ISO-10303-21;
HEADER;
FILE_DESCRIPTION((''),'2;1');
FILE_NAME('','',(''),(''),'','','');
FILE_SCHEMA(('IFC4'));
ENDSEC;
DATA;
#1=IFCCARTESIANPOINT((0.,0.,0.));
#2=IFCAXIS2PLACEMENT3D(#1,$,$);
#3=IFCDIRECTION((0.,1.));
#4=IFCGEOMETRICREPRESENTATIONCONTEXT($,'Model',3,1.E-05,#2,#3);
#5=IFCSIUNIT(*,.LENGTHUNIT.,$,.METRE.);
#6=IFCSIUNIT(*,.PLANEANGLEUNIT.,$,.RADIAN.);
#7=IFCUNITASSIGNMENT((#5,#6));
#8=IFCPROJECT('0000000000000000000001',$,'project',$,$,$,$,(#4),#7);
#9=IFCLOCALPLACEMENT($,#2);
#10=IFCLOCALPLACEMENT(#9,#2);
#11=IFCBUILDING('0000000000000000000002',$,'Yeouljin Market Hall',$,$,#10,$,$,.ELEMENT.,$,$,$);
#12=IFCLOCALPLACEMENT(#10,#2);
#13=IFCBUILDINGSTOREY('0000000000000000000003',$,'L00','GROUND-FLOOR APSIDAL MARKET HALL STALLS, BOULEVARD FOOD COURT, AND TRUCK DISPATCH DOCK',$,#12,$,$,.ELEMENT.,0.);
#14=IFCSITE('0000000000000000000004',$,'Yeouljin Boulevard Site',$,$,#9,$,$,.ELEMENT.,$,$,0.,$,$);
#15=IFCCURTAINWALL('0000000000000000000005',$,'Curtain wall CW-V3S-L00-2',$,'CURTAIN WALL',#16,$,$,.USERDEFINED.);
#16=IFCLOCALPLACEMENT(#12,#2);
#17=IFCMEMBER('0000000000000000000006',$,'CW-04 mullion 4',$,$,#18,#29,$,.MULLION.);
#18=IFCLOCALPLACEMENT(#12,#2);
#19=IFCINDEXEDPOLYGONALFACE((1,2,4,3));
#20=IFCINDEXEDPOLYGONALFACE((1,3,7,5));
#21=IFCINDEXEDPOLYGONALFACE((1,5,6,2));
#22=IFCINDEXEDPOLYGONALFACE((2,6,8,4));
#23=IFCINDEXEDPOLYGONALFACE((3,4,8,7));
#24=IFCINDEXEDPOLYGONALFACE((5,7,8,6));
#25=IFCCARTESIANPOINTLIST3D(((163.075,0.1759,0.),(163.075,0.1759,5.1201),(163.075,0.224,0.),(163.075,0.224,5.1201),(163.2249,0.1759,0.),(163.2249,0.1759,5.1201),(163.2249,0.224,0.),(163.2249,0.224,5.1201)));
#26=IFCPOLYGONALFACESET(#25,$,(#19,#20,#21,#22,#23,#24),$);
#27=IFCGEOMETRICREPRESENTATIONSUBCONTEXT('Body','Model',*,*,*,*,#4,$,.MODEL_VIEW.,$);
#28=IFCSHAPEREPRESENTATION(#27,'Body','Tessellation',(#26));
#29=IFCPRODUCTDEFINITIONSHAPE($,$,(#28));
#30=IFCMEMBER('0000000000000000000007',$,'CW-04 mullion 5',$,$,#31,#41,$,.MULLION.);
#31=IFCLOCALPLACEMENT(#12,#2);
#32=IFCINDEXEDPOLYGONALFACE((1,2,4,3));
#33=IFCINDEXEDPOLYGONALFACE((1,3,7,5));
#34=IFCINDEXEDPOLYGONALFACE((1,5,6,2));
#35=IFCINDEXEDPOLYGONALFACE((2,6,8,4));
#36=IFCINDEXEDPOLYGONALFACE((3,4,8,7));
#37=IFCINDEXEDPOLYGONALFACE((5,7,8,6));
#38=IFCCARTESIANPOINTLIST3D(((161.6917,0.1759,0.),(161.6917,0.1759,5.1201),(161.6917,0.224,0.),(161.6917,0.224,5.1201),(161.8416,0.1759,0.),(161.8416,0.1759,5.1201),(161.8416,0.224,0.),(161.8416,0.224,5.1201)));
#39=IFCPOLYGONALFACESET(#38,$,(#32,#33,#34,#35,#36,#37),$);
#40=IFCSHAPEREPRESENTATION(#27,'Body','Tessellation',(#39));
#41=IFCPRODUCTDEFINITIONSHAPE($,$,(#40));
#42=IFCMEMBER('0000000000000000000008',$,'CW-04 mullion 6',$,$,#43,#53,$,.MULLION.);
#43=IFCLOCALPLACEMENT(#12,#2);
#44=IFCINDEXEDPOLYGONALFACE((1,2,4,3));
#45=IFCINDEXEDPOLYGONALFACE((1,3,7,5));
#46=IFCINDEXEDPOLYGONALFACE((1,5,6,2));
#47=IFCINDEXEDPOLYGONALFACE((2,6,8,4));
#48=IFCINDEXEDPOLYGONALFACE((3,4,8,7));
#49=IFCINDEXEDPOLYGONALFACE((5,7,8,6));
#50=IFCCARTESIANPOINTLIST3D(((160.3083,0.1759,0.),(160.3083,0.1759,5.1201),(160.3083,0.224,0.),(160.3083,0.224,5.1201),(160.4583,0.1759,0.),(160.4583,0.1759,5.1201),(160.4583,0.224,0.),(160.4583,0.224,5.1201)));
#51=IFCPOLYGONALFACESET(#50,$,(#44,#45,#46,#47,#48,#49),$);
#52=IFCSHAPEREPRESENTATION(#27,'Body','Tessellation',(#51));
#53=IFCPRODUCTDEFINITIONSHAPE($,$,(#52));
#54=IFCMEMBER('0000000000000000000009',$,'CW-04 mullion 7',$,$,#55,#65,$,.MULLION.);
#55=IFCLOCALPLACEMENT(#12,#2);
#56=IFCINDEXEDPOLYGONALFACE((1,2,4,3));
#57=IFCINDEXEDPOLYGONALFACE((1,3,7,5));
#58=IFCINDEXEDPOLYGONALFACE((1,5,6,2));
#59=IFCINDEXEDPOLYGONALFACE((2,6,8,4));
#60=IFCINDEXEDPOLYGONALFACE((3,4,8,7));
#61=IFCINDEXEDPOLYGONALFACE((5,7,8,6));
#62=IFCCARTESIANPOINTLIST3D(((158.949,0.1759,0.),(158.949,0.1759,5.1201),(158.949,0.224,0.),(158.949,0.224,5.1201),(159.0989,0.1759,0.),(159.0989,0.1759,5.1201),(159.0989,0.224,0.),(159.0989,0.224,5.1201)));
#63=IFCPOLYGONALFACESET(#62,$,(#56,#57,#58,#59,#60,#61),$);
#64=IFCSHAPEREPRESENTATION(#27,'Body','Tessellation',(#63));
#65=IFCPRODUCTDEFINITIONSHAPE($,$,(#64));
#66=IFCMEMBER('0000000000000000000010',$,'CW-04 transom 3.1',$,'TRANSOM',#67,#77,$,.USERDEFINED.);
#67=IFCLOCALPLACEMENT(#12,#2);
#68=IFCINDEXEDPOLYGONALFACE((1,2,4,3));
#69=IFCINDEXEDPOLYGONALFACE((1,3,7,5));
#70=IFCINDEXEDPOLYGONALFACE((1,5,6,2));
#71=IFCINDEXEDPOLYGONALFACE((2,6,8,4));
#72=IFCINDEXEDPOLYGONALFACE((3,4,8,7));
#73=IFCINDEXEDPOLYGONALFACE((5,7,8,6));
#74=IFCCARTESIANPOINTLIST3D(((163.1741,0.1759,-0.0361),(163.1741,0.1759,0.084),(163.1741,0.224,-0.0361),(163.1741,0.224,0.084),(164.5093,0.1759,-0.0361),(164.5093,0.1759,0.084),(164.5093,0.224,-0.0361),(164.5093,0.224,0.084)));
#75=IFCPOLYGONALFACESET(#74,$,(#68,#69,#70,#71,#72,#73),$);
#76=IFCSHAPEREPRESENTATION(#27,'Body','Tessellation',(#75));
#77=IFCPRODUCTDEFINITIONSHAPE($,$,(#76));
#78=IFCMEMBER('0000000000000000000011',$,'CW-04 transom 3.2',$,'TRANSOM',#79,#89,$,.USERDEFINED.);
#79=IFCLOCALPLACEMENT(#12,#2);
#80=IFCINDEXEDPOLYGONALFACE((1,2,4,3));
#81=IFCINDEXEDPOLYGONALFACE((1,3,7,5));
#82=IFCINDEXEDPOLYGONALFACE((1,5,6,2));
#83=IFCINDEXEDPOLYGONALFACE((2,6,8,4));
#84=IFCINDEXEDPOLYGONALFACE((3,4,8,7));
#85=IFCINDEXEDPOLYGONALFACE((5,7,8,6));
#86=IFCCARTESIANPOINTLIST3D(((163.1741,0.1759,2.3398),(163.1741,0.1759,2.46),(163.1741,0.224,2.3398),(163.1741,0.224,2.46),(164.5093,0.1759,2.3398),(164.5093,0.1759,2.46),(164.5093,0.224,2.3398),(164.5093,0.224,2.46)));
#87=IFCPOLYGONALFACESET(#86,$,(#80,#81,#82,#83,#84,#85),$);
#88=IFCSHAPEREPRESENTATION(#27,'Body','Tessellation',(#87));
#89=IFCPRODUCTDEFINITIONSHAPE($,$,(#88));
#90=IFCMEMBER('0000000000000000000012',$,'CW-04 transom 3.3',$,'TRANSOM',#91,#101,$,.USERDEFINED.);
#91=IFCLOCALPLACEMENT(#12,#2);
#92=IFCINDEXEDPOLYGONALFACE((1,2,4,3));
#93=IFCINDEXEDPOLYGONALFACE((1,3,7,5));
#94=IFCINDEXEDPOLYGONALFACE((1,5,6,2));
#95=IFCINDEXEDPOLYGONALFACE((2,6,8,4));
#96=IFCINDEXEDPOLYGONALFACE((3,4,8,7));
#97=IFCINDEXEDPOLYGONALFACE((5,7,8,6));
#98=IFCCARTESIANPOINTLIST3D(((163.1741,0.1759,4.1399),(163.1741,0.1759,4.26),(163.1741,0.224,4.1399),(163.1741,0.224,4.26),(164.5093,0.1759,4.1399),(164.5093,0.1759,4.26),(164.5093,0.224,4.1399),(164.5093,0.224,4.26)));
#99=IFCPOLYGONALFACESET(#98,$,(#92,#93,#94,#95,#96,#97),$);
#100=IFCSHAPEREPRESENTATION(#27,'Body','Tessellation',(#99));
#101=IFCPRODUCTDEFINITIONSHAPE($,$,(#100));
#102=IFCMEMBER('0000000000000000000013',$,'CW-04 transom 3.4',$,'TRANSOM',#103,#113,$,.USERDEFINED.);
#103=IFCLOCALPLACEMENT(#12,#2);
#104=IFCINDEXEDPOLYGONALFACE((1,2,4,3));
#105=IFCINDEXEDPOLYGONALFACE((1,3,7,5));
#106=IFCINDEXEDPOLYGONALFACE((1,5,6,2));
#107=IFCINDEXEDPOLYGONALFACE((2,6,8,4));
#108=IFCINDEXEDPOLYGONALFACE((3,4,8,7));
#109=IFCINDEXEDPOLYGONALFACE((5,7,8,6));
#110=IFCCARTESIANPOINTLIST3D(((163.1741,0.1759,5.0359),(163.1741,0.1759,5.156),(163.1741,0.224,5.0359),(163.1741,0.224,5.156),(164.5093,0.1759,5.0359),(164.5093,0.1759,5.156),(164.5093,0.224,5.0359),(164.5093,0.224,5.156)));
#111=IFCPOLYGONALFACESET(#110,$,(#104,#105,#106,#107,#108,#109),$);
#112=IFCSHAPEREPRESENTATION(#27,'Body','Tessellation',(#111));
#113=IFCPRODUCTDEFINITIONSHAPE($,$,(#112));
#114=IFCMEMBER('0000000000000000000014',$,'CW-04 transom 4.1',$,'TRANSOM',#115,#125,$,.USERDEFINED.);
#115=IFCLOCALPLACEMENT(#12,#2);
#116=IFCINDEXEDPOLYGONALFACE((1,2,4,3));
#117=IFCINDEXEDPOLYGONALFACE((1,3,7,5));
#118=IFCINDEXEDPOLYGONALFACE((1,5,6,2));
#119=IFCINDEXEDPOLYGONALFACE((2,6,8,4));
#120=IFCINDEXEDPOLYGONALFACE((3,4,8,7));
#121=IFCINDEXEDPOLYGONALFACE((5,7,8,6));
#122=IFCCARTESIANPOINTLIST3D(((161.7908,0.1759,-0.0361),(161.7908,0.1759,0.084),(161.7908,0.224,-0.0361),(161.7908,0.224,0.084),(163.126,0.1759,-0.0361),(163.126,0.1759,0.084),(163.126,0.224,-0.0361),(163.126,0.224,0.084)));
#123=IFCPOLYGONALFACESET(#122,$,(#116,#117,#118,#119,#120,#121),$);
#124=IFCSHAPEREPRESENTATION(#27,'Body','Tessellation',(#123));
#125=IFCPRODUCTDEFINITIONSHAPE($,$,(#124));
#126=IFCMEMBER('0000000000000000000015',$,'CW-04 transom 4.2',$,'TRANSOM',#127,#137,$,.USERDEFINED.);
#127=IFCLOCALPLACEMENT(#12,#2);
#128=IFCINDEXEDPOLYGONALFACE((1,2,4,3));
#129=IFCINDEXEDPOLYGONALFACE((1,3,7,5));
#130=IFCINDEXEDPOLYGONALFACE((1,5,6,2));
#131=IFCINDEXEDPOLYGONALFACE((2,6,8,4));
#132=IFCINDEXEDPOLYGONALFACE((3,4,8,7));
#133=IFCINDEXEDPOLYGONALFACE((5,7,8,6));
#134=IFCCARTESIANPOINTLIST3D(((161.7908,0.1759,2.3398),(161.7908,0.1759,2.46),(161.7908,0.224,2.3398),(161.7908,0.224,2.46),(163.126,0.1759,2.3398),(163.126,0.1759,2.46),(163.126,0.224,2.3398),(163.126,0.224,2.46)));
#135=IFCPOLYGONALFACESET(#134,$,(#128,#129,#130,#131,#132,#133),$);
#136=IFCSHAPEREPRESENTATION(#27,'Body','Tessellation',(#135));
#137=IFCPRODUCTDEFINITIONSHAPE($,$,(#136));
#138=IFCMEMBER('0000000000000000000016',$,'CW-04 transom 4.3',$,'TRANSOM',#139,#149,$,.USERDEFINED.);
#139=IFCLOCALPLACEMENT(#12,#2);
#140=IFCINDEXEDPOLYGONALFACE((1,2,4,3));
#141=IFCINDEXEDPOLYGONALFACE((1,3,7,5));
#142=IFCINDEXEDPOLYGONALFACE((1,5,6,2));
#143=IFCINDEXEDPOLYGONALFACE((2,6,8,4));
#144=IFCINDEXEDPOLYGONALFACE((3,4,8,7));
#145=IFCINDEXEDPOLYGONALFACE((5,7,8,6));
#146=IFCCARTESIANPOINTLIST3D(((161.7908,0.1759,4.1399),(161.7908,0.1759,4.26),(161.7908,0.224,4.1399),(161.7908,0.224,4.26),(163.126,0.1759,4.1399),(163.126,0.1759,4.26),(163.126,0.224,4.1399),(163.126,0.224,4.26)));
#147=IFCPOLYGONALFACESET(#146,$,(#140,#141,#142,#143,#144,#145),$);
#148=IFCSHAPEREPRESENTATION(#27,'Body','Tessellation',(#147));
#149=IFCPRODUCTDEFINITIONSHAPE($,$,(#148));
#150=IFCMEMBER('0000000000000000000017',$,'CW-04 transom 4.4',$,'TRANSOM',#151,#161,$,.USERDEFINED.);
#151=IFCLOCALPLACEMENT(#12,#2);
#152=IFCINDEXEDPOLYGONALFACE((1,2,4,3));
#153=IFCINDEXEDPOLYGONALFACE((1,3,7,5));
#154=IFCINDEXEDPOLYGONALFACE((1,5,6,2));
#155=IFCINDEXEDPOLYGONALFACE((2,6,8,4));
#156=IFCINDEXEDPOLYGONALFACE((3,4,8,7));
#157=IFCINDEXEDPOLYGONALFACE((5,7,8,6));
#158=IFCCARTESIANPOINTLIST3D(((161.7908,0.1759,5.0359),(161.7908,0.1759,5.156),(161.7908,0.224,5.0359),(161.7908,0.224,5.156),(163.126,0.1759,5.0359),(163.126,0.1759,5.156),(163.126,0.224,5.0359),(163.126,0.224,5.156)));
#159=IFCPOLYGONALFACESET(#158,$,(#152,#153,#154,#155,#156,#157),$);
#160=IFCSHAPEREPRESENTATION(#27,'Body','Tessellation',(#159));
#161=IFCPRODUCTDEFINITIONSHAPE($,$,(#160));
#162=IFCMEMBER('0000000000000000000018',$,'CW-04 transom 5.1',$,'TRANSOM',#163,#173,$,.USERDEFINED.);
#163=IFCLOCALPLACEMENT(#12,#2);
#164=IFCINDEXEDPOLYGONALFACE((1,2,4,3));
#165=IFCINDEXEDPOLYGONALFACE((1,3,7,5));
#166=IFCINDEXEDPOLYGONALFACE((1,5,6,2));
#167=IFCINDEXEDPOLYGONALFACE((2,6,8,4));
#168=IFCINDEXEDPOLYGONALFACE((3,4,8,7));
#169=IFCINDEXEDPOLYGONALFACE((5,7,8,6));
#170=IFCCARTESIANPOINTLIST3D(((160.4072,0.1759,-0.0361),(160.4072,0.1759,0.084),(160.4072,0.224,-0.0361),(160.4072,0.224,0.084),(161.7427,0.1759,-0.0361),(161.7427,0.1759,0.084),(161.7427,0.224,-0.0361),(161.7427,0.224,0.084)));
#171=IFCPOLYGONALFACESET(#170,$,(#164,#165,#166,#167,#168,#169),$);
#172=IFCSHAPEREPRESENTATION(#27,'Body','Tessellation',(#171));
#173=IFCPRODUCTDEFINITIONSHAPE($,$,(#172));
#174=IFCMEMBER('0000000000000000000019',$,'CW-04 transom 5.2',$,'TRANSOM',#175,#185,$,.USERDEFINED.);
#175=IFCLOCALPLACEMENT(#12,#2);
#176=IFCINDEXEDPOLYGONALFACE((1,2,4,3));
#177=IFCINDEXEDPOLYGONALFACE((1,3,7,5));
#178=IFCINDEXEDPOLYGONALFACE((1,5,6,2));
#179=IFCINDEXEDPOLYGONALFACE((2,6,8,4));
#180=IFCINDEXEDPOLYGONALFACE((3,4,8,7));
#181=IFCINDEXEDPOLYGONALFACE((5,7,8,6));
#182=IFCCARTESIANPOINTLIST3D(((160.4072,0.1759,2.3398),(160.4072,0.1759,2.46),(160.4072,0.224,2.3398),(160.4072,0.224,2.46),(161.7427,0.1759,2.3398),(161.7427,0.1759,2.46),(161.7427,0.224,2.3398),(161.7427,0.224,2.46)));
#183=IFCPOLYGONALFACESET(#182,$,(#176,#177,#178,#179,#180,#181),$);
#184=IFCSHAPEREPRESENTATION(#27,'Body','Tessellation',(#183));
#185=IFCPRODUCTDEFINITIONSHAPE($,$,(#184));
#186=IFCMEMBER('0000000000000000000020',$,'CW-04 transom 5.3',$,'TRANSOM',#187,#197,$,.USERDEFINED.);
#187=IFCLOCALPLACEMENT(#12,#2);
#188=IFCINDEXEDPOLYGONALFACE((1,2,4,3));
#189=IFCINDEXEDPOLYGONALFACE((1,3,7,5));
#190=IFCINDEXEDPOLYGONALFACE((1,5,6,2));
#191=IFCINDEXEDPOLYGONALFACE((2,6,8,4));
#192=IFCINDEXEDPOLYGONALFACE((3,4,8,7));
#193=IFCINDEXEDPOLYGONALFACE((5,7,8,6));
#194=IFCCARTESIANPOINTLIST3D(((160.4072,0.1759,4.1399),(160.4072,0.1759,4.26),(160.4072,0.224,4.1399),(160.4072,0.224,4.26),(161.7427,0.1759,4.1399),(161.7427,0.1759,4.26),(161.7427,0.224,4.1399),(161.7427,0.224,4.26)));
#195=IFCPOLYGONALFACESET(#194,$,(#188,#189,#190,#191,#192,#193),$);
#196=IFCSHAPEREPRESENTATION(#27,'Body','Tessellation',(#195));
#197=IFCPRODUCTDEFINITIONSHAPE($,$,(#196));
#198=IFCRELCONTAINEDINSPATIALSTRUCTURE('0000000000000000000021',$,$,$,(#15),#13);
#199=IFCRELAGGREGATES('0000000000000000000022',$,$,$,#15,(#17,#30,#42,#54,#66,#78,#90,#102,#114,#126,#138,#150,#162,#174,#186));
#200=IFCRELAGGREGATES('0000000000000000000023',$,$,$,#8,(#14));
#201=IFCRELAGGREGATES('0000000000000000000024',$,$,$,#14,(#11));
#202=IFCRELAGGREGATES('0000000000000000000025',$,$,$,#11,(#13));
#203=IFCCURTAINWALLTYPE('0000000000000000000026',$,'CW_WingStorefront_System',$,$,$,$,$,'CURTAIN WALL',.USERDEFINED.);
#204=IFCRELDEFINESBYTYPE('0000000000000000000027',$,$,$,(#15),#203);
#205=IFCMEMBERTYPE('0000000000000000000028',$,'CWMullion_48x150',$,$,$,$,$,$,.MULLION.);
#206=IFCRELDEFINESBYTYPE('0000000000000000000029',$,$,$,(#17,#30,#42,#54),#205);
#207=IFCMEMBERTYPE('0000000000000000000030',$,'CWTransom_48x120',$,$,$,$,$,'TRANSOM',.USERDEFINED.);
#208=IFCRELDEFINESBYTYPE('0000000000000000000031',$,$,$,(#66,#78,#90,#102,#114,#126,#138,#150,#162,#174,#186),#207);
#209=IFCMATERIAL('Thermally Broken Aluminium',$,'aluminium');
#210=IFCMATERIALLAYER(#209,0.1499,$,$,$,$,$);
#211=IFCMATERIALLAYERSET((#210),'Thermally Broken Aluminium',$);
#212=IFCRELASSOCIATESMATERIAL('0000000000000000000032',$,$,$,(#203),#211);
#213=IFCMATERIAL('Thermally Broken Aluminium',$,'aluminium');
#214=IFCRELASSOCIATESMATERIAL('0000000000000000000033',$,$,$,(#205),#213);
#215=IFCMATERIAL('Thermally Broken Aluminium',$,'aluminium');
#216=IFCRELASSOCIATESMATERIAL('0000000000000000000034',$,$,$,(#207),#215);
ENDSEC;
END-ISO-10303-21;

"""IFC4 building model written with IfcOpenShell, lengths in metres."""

from ifc_helpers import new_model, si_unit, direction, frame, origin, origin_2d, place, context, subcontext, project, spatial, rectangle, extrude, material, layer, layer_set, material_profile, profile_set, type_object, element, aggregate, save


model = new_model("IFC4")

# Units and contexts
model_context = context("Model", 3, precision=1e-05, world=origin(), true_north=direction((0.0, 1.0)))
body_context = subcontext(model_context, "Body", "Model", "MODEL_VIEW")
ifc_project = project(units=[si_unit("LENGTHUNIT", "METRE"), si_unit("PLANEANGLEUNIT", "RADIAN")], contexts=[model_context])

# Site, building, storey
site_placement = place(None, origin())
site = spatial("IfcSite", under=ifc_project, at=site_placement, Name="Yeouljin Boulevard Site", CompositionType="ELEMENT", RefElevation=0.0)
building_placement = place(site_placement, origin())
building = spatial("IfcBuilding", under=site, at=building_placement, Name="Yeouljin Market Hall", CompositionType="ELEMENT")
storey_placement = place(building_placement, origin())
storey = spatial("IfcBuildingStorey", under=building, at=storey_placement, Name="L00", Description="GROUND-FLOOR APSIDAL MARKET HALL STALLS, BOULEVARD FOOD COURT, AND TRUCK DISPATCH DOCK", CompositionType="ELEMENT", Elevation=0.0)

# Curtain wall, members
ifc_material_1 = material(Name="Thermally Broken Aluminium", Category="aluminium")
ifc_layer_1 = layer(ifc_material_1, 0.1499)
ifc_layer_set_1 = layer_set([ifc_layer_1], Name="Thermally Broken Aluminium")
curtain_wall_type = type_object("IfcCurtainWallType", Name="CW_WingStorefront_System", ElementType="CURTAIN WALL", PredefinedType="USERDEFINED", material=ifc_layer_set_1)
curtain_wall_placement = place(storey_placement, origin())
curtain_wall = element("IfcCurtainWall", 1, at=curtain_wall_placement, inside=storey, type_object=curtain_wall_type, Name="Curtain wall CW-V3S-L00-2", ObjectType="CURTAIN WALL", PredefinedType="USERDEFINED")
ifc_material_2 = material(Name="Thermally Broken Aluminium", Category="aluminium")
ifc_material_profile_1 = material_profile(ifc_material_2, rectangle(XDim=0.0481, YDim=0.1499, at=origin_2d()), Name="CW-MULL-48x150")
ifc_profile_set_1 = profile_set([ifc_material_profile_1], Name="Thermally Broken Aluminium")
member_type_1 = type_object("IfcMemberType", Name="CWMullion_48x150", PredefinedType="MULLION", material=ifc_profile_set_1)
member_1_placement = place(storey_placement, frame((163.1499, 0.2, 0.0), z_axis=(0.0, 0.0, 1.0), x_axis=(0.0, -1.0, 0.0)))
member_1 = element("IfcMember", 2, at=member_1_placement, type_object=member_type_1, Name="CW-04 mullion 4", PredefinedType="MULLION", context=body_context, shape_type="SweptSolid", body=[
    extrude(rectangle(XDim=0.0481, YDim=0.1499, at=origin_2d()), origin(), (0.0, 0.0, 1.0), 5.1201),
])
member_2_placement = place(storey_placement, frame((161.7666, 0.2, 0.0), z_axis=(0.0, 0.0, 1.0), x_axis=(0.0, -1.0, 0.0)))
member_2 = element("IfcMember", 3, at=member_2_placement, type_object=member_type_1, Name="CW-04 mullion 5", PredefinedType="MULLION", context=body_context, shape_type="SweptSolid", body=[
    extrude(rectangle(XDim=0.0481, YDim=0.1499, at=origin_2d()), origin(), (0.0, 0.0, 1.0), 5.1201),
])
member_3_placement = place(storey_placement, frame((160.3833, 0.2, 0.0), z_axis=(0.0, 0.0, 1.0), x_axis=(0.0, -1.0, 0.0)))
member_3 = element("IfcMember", 4, at=member_3_placement, type_object=member_type_1, Name="CW-04 mullion 6", PredefinedType="MULLION", context=body_context, shape_type="SweptSolid", body=[
    extrude(rectangle(XDim=0.0481, YDim=0.1499, at=origin_2d()), origin(), (0.0, 0.0, 1.0), 5.1201),
])
member_4_placement = place(storey_placement, frame((159.0239, 0.2, 0.0), z_axis=(0.0, 0.0, 1.0), x_axis=(0.0, -1.0, 0.0)))
member_4 = element("IfcMember", 5, at=member_4_placement, type_object=member_type_1, Name="CW-04 mullion 7", PredefinedType="MULLION", context=body_context, shape_type="SweptSolid", body=[
    extrude(rectangle(XDim=0.0481, YDim=0.1499, at=origin_2d()), origin(), (0.0, 0.0, 1.0), 5.1201),
])
ifc_material_3 = material(Name="Thermally Broken Aluminium", Category="aluminium")
ifc_material_profile_2 = material_profile(ifc_material_3, rectangle(XDim=0.0481, YDim=0.1201, at=origin_2d()), Name="CW-TRAN-48x120")
ifc_profile_set_2 = profile_set([ifc_material_profile_2], Name="Thermally Broken Aluminium")
member_type_2 = type_object("IfcMemberType", Name="CWTransom_48x120", ElementType="TRANSOM", PredefinedType="USERDEFINED", material=ifc_profile_set_2)
member_5_placement = place(storey_placement, frame((164.5093, 0.2, 0.0239), z_axis=(-1.0, 0.0, 0.0), x_axis=(0.0, -1.0, 0.0)))
member_5 = element("IfcMember", 6, at=member_5_placement, type_object=member_type_2, Name="CW-04 transom 3.1", ObjectType="TRANSOM", PredefinedType="USERDEFINED", context=body_context, shape_type="SweptSolid", body=[
    extrude(rectangle(XDim=0.0481, YDim=0.1201, at=origin_2d()), origin(), (0.0, 0.0, 1.0), 1.3352),
])
member_6_placement = place(storey_placement, frame((164.5093, 0.2, 2.3999), z_axis=(-1.0, 0.0, 0.0), x_axis=(0.0, -1.0, 0.0)))
member_6 = element("IfcMember", 7, at=member_6_placement, type_object=member_type_2, Name="CW-04 transom 3.2", ObjectType="TRANSOM", PredefinedType="USERDEFINED", context=body_context, shape_type="SweptSolid", body=[
    extrude(rectangle(XDim=0.0481, YDim=0.1201, at=origin_2d()), origin(), (0.0, 0.0, 1.0), 1.3352),
])
member_7_placement = place(storey_placement, frame((164.5093, 0.2, 4.2), z_axis=(-1.0, 0.0, 0.0), x_axis=(0.0, -1.0, 0.0)))
member_7 = element("IfcMember", 8, at=member_7_placement, type_object=member_type_2, Name="CW-04 transom 3.3", ObjectType="TRANSOM", PredefinedType="USERDEFINED", context=body_context, shape_type="SweptSolid", body=[
    extrude(rectangle(XDim=0.0481, YDim=0.1201, at=origin_2d()), origin(), (0.0, 0.0, 1.0), 1.3352),
])
member_8_placement = place(storey_placement, frame((164.5093, 0.2, 5.0959), z_axis=(-1.0, 0.0, 0.0), x_axis=(0.0, -1.0, 0.0)))
member_8 = element("IfcMember", 9, at=member_8_placement, type_object=member_type_2, Name="CW-04 transom 3.4", ObjectType="TRANSOM", PredefinedType="USERDEFINED", context=body_context, shape_type="SweptSolid", body=[
    extrude(rectangle(XDim=0.0481, YDim=0.1201, at=origin_2d()), origin(), (0.0, 0.0, 1.0), 1.3352),
])
member_9_placement = place(storey_placement, frame((163.126, 0.2, 0.0239), z_axis=(-1.0, 0.0, 0.0), x_axis=(0.0, -1.0, 0.0)))
member_9 = element("IfcMember", 10, at=member_9_placement, type_object=member_type_2, Name="CW-04 transom 4.1", ObjectType="TRANSOM", PredefinedType="USERDEFINED", context=body_context, shape_type="SweptSolid", body=[
    extrude(rectangle(XDim=0.0481, YDim=0.1201, at=origin_2d()), origin(), (0.0, 0.0, 1.0), 1.3352),
])
member_10_placement = place(storey_placement, frame((163.126, 0.2, 2.3999), z_axis=(-1.0, 0.0, 0.0), x_axis=(0.0, -1.0, 0.0)))
member_10 = element("IfcMember", 11, at=member_10_placement, type_object=member_type_2, Name="CW-04 transom 4.2", ObjectType="TRANSOM", PredefinedType="USERDEFINED", context=body_context, shape_type="SweptSolid", body=[
    extrude(rectangle(XDim=0.0481, YDim=0.1201, at=origin_2d()), origin(), (0.0, 0.0, 1.0), 1.3352),
])
member_11_placement = place(storey_placement, frame((163.126, 0.2, 4.2), z_axis=(-1.0, 0.0, 0.0), x_axis=(0.0, -1.0, 0.0)))
member_11 = element("IfcMember", 12, at=member_11_placement, type_object=member_type_2, Name="CW-04 transom 4.3", ObjectType="TRANSOM", PredefinedType="USERDEFINED", context=body_context, shape_type="SweptSolid", body=[
    extrude(rectangle(XDim=0.0481, YDim=0.1201, at=origin_2d()), origin(), (0.0, 0.0, 1.0), 1.3352),
])
member_12_placement = place(storey_placement, frame((163.126, 0.2, 5.0959), z_axis=(-1.0, 0.0, 0.0), x_axis=(0.0, -1.0, 0.0)))
member_12 = element("IfcMember", 13, at=member_12_placement, type_object=member_type_2, Name="CW-04 transom 4.4", ObjectType="TRANSOM", PredefinedType="USERDEFINED", context=body_context, shape_type="SweptSolid", body=[
    extrude(rectangle(XDim=0.0481, YDim=0.1201, at=origin_2d()), origin(), (0.0, 0.0, 1.0), 1.3352),
])
member_13_placement = place(storey_placement, frame((161.7427, 0.2, 0.0239), z_axis=(-1.0, 0.0, 0.0), x_axis=(0.0, -1.0, 0.0)))
member_13 = element("IfcMember", 14, at=member_13_placement, type_object=member_type_2, Name="CW-04 transom 5.1", ObjectType="TRANSOM", PredefinedType="USERDEFINED", context=body_context, shape_type="SweptSolid", body=[
    extrude(rectangle(XDim=0.0481, YDim=0.1201, at=origin_2d()), origin(), (0.0, 0.0, 1.0), 1.3354),
])
member_14_placement = place(storey_placement, frame((161.7427, 0.2, 2.3999), z_axis=(-1.0, 0.0, 0.0), x_axis=(0.0, -1.0, 0.0)))
member_14 = element("IfcMember", 15, at=member_14_placement, type_object=member_type_2, Name="CW-04 transom 5.2", ObjectType="TRANSOM", PredefinedType="USERDEFINED", context=body_context, shape_type="SweptSolid", body=[
    extrude(rectangle(XDim=0.0481, YDim=0.1201, at=origin_2d()), origin(), (0.0, 0.0, 1.0), 1.3354),
])
member_15_placement = place(storey_placement, frame((161.7427, 0.2, 4.2), z_axis=(-1.0, 0.0, 0.0), x_axis=(0.0, -1.0, 0.0)))
member_15 = element("IfcMember", 16, at=member_15_placement, type_object=member_type_2, Name="CW-04 transom 5.3", ObjectType="TRANSOM", PredefinedType="USERDEFINED", context=body_context, shape_type="SweptSolid", body=[
    extrude(rectangle(XDim=0.0481, YDim=0.1201, at=origin_2d()), origin(), (0.0, 0.0, 1.0), 1.3354),
])
aggregate(curtain_wall, [member_1, member_2, member_3, member_4, member_5, member_6, member_7, member_8, member_9, member_10, member_11, member_12, member_13, member_14, member_15])

save(model, "model.ifc")
